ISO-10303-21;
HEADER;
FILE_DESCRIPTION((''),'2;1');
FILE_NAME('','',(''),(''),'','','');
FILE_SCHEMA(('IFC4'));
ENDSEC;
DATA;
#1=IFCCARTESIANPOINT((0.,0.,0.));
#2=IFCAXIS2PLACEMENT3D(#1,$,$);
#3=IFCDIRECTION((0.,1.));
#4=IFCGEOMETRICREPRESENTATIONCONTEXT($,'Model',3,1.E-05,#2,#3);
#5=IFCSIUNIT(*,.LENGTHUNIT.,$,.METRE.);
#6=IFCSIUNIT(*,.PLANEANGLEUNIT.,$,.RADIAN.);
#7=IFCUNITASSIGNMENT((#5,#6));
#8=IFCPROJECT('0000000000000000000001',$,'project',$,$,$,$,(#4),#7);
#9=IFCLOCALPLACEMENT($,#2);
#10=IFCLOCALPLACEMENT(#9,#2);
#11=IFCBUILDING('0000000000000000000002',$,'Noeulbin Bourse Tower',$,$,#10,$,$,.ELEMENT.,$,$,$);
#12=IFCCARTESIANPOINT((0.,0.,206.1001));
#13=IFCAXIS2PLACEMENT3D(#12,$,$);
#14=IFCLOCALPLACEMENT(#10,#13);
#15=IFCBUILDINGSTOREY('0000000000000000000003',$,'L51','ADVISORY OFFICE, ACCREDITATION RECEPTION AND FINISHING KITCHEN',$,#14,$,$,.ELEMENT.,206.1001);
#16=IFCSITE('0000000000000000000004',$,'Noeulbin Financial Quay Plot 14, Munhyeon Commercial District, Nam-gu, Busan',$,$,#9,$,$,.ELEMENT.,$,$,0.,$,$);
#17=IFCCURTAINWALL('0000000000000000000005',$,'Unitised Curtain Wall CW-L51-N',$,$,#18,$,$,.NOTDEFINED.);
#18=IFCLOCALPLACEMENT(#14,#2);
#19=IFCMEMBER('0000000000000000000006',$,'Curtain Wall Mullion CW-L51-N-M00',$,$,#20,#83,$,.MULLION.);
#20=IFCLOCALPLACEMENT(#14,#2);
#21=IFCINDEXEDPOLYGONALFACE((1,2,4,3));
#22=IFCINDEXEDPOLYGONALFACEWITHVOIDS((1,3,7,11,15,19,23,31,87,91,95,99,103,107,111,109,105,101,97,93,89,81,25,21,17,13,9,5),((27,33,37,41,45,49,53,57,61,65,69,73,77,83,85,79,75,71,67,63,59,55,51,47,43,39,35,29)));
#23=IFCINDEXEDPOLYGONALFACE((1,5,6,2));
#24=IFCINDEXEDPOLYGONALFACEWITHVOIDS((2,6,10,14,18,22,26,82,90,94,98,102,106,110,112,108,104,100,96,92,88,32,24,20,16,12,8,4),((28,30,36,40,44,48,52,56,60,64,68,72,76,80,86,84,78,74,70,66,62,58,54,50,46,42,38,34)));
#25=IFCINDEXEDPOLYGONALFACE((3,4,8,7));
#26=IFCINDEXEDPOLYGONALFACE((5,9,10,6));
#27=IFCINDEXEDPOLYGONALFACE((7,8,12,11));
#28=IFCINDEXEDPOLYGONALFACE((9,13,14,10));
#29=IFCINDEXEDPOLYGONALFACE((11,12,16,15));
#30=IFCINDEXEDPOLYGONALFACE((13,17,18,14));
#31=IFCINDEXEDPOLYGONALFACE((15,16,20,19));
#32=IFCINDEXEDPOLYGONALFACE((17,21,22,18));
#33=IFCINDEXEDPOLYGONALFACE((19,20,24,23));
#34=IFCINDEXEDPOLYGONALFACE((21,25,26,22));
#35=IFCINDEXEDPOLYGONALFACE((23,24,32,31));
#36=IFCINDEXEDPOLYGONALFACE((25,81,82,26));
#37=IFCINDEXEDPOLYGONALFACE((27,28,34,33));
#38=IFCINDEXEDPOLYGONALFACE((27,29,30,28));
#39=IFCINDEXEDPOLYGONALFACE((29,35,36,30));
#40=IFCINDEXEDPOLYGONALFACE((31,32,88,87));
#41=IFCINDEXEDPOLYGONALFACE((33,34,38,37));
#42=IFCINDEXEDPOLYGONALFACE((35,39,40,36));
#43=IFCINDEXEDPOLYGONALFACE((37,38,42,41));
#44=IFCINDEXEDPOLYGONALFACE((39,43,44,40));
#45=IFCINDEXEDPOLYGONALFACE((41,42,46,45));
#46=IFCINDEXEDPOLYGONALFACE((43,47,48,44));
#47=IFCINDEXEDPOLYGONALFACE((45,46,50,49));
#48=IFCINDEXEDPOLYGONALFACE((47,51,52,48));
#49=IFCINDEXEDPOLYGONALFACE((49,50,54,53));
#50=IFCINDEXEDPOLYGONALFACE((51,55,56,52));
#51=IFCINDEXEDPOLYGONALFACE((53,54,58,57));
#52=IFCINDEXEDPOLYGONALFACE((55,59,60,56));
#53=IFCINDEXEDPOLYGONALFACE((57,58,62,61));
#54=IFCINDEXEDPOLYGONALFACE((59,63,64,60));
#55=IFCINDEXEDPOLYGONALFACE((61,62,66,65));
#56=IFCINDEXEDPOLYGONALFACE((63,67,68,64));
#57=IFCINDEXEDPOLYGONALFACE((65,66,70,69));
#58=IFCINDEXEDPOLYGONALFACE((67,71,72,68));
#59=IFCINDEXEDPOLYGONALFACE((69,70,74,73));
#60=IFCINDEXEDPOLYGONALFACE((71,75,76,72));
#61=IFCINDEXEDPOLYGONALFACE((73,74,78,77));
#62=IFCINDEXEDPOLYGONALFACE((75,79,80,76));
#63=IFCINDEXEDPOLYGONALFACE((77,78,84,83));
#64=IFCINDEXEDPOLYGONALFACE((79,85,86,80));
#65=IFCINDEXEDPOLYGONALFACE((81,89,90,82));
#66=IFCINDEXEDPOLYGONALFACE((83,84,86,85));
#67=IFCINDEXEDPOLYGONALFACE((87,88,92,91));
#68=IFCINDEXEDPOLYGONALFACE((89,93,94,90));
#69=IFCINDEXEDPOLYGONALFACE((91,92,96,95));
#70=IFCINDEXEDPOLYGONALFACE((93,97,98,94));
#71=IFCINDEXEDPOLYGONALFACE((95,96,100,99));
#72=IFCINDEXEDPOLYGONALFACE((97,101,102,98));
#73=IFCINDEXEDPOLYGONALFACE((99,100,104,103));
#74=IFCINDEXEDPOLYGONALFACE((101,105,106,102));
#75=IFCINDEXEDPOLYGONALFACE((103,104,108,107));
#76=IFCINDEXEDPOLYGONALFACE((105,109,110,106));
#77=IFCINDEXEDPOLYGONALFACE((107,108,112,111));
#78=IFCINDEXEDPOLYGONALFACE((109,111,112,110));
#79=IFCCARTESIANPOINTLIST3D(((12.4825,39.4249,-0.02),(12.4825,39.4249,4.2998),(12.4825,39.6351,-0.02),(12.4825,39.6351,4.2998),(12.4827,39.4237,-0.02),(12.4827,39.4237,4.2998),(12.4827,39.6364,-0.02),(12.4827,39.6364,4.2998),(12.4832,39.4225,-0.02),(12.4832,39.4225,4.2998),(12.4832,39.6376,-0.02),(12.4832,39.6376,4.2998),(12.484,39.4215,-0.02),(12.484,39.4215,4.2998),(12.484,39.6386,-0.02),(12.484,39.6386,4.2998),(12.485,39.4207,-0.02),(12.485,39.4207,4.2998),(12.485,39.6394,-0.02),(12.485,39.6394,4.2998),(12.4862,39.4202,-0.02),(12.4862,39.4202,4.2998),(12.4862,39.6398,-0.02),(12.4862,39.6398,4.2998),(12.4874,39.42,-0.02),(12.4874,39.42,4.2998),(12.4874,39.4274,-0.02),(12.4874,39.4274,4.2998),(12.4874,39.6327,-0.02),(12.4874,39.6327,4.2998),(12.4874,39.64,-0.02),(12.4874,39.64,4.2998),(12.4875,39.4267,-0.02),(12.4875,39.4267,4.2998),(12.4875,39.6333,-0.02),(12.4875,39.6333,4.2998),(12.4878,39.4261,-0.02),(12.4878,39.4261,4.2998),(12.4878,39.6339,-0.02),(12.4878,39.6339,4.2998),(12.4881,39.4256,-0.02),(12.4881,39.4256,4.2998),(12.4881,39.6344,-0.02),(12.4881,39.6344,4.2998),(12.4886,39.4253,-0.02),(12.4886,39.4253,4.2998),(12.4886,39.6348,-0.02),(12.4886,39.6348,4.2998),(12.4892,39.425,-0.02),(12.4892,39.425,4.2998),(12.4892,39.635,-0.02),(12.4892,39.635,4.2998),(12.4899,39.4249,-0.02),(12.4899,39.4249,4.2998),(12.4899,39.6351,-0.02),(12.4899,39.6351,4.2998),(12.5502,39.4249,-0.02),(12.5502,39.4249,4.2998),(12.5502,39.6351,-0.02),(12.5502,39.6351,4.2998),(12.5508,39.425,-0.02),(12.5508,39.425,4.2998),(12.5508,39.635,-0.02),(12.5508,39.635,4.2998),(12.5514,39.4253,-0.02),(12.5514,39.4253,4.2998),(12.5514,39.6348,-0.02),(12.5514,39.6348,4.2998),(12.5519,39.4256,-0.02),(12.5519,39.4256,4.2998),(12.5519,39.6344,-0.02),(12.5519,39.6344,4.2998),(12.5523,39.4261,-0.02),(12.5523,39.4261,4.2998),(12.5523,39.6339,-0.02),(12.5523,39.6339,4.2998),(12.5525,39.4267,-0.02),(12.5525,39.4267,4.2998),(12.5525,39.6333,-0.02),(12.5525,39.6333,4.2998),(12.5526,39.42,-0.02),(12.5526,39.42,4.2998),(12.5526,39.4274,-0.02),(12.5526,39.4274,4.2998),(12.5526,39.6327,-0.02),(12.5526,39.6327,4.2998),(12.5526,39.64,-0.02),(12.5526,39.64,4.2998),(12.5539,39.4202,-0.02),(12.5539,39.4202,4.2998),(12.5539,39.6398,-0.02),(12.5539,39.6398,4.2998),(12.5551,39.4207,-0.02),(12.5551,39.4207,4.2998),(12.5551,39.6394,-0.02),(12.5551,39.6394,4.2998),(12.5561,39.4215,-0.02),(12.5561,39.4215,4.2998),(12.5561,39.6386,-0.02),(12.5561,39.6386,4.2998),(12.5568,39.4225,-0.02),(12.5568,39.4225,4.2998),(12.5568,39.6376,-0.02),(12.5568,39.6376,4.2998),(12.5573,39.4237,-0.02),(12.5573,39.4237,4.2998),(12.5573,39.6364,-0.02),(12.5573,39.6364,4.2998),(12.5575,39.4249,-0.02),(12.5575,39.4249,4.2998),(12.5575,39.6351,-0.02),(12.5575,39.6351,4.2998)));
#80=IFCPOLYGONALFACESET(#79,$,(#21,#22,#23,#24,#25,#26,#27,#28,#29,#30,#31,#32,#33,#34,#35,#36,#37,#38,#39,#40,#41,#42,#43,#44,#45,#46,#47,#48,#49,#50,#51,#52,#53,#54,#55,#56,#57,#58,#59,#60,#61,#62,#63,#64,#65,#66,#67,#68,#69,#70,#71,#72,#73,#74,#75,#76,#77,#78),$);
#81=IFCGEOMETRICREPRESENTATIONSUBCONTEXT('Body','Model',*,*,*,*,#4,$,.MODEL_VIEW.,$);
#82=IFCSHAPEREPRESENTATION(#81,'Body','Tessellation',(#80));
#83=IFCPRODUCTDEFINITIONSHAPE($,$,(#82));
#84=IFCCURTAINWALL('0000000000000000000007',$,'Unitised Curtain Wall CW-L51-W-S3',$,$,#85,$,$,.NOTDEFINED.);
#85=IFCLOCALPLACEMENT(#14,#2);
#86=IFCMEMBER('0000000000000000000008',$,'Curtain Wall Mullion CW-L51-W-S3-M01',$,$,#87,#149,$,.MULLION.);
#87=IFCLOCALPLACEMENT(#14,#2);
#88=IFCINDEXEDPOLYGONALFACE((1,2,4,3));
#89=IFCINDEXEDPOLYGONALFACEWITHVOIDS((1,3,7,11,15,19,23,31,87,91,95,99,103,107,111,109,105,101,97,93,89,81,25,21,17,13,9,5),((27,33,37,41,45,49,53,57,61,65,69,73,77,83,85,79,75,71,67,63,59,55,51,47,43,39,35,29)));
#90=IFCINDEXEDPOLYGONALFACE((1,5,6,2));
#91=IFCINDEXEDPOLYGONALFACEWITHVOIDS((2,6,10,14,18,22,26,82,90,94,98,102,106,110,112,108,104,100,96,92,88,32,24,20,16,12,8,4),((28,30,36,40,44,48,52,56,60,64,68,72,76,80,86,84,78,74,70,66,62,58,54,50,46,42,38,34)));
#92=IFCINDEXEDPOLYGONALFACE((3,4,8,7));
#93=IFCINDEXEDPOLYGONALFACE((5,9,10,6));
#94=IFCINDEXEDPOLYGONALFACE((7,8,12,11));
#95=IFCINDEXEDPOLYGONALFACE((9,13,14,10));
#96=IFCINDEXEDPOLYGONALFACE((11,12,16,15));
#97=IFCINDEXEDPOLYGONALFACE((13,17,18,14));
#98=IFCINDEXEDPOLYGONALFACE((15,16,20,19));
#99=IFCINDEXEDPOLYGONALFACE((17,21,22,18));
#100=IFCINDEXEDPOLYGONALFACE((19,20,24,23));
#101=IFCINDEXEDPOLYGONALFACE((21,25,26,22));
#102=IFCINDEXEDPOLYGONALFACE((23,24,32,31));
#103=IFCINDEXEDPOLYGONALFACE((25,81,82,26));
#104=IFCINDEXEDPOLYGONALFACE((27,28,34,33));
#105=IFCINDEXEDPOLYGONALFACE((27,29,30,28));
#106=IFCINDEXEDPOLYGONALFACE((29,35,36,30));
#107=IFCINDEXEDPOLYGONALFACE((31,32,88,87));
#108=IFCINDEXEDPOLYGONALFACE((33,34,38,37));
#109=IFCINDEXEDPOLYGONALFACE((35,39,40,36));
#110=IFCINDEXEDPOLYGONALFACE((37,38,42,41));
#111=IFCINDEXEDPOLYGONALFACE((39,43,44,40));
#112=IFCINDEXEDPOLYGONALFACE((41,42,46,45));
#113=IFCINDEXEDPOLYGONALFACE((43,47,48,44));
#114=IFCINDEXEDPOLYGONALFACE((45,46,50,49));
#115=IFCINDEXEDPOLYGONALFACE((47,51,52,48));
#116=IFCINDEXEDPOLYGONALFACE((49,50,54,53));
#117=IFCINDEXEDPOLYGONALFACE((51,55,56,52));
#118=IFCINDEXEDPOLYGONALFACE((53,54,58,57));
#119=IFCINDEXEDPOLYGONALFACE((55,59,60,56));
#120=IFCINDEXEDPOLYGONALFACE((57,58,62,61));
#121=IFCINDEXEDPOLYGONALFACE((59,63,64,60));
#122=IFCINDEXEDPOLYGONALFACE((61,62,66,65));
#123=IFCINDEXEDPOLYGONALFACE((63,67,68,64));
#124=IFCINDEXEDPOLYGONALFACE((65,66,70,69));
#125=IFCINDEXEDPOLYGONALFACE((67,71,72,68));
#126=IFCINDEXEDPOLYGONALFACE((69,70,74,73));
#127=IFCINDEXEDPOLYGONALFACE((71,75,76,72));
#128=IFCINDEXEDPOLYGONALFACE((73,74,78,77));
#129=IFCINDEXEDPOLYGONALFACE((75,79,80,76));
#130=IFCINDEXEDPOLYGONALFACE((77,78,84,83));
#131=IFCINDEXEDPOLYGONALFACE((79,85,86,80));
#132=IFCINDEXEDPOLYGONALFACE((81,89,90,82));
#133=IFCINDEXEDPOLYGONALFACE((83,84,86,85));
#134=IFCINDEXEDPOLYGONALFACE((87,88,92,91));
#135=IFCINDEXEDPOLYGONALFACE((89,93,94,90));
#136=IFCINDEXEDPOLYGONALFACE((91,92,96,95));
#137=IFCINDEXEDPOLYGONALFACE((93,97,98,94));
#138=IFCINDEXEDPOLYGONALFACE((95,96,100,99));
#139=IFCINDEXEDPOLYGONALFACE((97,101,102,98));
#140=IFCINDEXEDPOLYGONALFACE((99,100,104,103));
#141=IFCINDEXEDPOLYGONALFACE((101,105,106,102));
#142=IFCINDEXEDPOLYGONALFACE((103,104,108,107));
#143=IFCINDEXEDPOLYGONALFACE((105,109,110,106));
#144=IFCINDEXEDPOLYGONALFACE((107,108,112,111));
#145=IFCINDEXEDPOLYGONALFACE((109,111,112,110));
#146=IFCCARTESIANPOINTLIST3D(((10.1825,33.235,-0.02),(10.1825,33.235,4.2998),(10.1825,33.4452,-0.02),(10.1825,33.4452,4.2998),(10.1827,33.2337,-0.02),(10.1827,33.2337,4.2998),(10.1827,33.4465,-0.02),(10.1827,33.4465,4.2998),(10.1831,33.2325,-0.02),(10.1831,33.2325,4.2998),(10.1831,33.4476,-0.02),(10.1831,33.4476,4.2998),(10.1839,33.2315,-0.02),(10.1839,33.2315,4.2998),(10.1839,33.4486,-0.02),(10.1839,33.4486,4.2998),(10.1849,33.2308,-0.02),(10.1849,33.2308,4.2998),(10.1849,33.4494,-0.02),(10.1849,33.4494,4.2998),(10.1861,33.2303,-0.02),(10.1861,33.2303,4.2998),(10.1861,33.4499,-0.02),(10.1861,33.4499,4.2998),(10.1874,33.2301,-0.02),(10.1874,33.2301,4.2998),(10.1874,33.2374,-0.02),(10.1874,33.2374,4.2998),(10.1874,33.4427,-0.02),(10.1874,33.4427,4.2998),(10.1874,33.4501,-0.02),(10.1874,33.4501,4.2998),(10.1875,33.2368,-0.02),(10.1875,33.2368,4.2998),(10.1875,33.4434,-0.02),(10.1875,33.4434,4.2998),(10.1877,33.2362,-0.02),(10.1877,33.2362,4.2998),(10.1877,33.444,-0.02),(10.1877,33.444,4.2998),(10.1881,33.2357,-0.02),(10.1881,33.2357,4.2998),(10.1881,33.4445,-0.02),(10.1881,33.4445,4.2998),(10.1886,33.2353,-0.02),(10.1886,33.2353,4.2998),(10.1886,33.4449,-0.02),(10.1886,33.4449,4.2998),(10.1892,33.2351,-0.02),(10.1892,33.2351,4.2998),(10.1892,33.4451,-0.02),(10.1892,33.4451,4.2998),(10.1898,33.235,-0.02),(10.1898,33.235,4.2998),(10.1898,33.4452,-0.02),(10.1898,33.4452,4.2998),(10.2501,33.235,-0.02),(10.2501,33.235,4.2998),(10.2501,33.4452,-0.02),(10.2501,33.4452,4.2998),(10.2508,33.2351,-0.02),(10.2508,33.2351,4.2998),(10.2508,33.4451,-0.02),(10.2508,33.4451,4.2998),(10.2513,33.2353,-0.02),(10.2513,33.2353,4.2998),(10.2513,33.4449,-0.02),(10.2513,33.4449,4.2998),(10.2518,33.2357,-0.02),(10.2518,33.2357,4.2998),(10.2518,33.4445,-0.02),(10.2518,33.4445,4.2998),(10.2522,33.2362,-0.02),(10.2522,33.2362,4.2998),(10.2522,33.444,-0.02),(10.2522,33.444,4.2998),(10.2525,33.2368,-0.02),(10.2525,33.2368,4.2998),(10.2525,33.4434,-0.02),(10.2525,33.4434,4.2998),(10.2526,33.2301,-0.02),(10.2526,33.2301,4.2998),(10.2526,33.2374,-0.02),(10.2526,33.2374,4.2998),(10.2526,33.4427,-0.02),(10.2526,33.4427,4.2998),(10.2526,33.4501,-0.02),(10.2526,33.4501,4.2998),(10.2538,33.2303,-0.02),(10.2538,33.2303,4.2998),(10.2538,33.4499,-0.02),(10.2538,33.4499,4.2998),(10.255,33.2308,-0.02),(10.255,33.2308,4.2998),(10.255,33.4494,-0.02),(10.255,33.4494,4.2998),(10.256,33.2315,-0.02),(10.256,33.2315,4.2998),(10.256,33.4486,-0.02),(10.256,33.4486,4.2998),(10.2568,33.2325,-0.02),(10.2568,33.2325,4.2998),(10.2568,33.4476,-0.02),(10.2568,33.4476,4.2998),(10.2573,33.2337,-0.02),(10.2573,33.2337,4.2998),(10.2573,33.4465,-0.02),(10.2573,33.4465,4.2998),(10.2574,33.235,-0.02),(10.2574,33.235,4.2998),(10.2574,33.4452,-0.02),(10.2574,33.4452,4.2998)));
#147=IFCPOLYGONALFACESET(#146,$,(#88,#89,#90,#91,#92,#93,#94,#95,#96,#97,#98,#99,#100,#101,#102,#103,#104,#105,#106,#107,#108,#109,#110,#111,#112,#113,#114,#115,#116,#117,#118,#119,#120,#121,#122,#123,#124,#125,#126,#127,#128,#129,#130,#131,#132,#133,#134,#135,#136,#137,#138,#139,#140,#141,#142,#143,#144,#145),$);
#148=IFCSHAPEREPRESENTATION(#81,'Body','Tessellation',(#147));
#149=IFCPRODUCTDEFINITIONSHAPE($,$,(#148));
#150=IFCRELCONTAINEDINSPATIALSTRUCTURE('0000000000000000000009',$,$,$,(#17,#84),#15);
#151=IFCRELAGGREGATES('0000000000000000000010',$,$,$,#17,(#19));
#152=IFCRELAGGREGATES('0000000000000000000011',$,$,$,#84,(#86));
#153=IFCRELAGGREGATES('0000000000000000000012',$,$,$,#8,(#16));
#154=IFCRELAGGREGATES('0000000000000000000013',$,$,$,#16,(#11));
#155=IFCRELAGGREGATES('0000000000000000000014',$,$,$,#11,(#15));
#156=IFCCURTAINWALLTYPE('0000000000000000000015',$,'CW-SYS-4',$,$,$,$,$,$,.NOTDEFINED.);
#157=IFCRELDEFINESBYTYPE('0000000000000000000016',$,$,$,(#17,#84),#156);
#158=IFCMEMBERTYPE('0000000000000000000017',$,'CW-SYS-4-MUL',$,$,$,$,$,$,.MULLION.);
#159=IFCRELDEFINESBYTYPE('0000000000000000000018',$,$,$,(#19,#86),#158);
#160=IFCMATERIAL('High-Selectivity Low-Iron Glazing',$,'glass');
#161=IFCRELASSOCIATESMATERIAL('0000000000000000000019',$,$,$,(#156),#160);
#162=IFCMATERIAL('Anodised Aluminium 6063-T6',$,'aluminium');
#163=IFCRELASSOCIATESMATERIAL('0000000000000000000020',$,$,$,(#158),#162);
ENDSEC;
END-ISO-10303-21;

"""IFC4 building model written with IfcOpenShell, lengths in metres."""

from ifc_helpers import new_model, si_unit, direction, frame, origin, origin_2d, place, context, subcontext, project, spatial, hollow_rectangle, extrude, material, material_profile, profile_set, type_object, element, aggregate, save


model = new_model("IFC4")

# Units and contexts
model_context = context("Model", 3, precision=1e-05, world=origin(), true_north=direction((0.0, 1.0)))
body_context = subcontext(model_context, "Body", "Model", "MODEL_VIEW")
ifc_project = project(units=[si_unit("LENGTHUNIT", "METRE"), si_unit("PLANEANGLEUNIT", "RADIAN")], contexts=[model_context])

# Site, building, storey
site_placement = place(None, origin())
site = spatial("IfcSite", under=ifc_project, at=site_placement, Name="Noeulbin Financial Quay Plot 14, Munhyeon Commercial District, Nam-gu, Busan", CompositionType="ELEMENT", RefElevation=0.0)
building_placement = place(site_placement, origin())
building = spatial("IfcBuilding", under=site, at=building_placement, Name="Noeulbin Bourse Tower", CompositionType="ELEMENT")
storey_placement = place(building_placement, frame((0.0, 0.0, 206.1001)))
storey = spatial("IfcBuildingStorey", under=building, at=storey_placement, Name="L51", Description="ADVISORY OFFICE, ACCREDITATION RECEPTION AND FINISHING KITCHEN", CompositionType="ELEMENT", Elevation=206.1001)

# Curtain wall, member
ifc_material_1 = material(Name="High-Selectivity Low-Iron Glazing", Category="glass")
curtain_wall_type = type_object("IfcCurtainWallType", Name="CW-SYS-4", PredefinedType="NOTDEFINED", material=ifc_material_1)
curtain_wall_1_placement = place(storey_placement, origin())
curtain_wall_1 = element("IfcCurtainWall", 1, at=curtain_wall_1_placement, inside=storey, type_object=curtain_wall_type, Name="Unitised Curtain Wall CW-L51-N", PredefinedType="NOTDEFINED")
ifc_material_2 = material(Name="Anodised Aluminium 6063-T6", Category="aluminium")
ifc_material_profile_1 = material_profile(ifc_material_2, hollow_rectangle(XDim=0.075, YDim=0.22, WallThickness=0.0049, InnerFilletRadius=0.0024, OuterFilletRadius=0.0049, at=origin_2d()), Name="ALU-MULL-75x220x5", Category="LoadBearing")
ifc_profile_set_1 = profile_set([ifc_material_profile_1], Name="Anodised Aluminium 6063-T6")
member_type_1 = type_object("IfcMemberType", Name="CW-SYS-4-MUL", PredefinedType="MULLION", material=ifc_profile_set_1)
member_1_placement = place(storey_placement, frame((12.52, 39.53, -0.02), z_axis=(0.0, 0.0, 1.0), x_axis=(1.0, 0.0, 0.0)))
member_1 = element("IfcMember", 2, at=member_1_placement, type_object=member_type_1, Name="Curtain Wall Mullion CW-L51-N-M00", PredefinedType="MULLION", context=body_context, shape_type="SweptSolid", body=[
    extrude(hollow_rectangle(XDim=0.075, YDim=0.22, WallThickness=0.0049, InnerFilletRadius=0.0024, OuterFilletRadius=0.0049, at=origin_2d()), origin(), (0.0, 0.0, 1.0), 4.3198),
])

# Curtain wall, member
curtain_wall_2_placement = place(storey_placement, origin())
curtain_wall_2 = element("IfcCurtainWall", 3, at=curtain_wall_2_placement, inside=storey, type_object=curtain_wall_type, Name="Unitised Curtain Wall CW-L51-W-S3", PredefinedType="NOTDEFINED")
member_2_placement = place(storey_placement, frame((10.22, 33.3401, -0.02), z_axis=(0.0, 0.0, 1.0), x_axis=(1.0, 0.0, 0.0)))
member_2 = element("IfcMember", 4, at=member_2_placement, type_object=member_type_1, Name="Curtain Wall Mullion CW-L51-W-S3-M01", PredefinedType="MULLION", context=body_context, shape_type="SweptSolid", body=[
    extrude(hollow_rectangle(XDim=0.075, YDim=0.22, WallThickness=0.0049, InnerFilletRadius=0.0024, OuterFilletRadius=0.0049, at=origin_2d()), origin(), (0.0, 0.0, 1.0), 4.3198),
])

aggregate(curtain_wall_1, [member_1])
aggregate(curtain_wall_2, [member_2])

save(model, "model.ifc")
